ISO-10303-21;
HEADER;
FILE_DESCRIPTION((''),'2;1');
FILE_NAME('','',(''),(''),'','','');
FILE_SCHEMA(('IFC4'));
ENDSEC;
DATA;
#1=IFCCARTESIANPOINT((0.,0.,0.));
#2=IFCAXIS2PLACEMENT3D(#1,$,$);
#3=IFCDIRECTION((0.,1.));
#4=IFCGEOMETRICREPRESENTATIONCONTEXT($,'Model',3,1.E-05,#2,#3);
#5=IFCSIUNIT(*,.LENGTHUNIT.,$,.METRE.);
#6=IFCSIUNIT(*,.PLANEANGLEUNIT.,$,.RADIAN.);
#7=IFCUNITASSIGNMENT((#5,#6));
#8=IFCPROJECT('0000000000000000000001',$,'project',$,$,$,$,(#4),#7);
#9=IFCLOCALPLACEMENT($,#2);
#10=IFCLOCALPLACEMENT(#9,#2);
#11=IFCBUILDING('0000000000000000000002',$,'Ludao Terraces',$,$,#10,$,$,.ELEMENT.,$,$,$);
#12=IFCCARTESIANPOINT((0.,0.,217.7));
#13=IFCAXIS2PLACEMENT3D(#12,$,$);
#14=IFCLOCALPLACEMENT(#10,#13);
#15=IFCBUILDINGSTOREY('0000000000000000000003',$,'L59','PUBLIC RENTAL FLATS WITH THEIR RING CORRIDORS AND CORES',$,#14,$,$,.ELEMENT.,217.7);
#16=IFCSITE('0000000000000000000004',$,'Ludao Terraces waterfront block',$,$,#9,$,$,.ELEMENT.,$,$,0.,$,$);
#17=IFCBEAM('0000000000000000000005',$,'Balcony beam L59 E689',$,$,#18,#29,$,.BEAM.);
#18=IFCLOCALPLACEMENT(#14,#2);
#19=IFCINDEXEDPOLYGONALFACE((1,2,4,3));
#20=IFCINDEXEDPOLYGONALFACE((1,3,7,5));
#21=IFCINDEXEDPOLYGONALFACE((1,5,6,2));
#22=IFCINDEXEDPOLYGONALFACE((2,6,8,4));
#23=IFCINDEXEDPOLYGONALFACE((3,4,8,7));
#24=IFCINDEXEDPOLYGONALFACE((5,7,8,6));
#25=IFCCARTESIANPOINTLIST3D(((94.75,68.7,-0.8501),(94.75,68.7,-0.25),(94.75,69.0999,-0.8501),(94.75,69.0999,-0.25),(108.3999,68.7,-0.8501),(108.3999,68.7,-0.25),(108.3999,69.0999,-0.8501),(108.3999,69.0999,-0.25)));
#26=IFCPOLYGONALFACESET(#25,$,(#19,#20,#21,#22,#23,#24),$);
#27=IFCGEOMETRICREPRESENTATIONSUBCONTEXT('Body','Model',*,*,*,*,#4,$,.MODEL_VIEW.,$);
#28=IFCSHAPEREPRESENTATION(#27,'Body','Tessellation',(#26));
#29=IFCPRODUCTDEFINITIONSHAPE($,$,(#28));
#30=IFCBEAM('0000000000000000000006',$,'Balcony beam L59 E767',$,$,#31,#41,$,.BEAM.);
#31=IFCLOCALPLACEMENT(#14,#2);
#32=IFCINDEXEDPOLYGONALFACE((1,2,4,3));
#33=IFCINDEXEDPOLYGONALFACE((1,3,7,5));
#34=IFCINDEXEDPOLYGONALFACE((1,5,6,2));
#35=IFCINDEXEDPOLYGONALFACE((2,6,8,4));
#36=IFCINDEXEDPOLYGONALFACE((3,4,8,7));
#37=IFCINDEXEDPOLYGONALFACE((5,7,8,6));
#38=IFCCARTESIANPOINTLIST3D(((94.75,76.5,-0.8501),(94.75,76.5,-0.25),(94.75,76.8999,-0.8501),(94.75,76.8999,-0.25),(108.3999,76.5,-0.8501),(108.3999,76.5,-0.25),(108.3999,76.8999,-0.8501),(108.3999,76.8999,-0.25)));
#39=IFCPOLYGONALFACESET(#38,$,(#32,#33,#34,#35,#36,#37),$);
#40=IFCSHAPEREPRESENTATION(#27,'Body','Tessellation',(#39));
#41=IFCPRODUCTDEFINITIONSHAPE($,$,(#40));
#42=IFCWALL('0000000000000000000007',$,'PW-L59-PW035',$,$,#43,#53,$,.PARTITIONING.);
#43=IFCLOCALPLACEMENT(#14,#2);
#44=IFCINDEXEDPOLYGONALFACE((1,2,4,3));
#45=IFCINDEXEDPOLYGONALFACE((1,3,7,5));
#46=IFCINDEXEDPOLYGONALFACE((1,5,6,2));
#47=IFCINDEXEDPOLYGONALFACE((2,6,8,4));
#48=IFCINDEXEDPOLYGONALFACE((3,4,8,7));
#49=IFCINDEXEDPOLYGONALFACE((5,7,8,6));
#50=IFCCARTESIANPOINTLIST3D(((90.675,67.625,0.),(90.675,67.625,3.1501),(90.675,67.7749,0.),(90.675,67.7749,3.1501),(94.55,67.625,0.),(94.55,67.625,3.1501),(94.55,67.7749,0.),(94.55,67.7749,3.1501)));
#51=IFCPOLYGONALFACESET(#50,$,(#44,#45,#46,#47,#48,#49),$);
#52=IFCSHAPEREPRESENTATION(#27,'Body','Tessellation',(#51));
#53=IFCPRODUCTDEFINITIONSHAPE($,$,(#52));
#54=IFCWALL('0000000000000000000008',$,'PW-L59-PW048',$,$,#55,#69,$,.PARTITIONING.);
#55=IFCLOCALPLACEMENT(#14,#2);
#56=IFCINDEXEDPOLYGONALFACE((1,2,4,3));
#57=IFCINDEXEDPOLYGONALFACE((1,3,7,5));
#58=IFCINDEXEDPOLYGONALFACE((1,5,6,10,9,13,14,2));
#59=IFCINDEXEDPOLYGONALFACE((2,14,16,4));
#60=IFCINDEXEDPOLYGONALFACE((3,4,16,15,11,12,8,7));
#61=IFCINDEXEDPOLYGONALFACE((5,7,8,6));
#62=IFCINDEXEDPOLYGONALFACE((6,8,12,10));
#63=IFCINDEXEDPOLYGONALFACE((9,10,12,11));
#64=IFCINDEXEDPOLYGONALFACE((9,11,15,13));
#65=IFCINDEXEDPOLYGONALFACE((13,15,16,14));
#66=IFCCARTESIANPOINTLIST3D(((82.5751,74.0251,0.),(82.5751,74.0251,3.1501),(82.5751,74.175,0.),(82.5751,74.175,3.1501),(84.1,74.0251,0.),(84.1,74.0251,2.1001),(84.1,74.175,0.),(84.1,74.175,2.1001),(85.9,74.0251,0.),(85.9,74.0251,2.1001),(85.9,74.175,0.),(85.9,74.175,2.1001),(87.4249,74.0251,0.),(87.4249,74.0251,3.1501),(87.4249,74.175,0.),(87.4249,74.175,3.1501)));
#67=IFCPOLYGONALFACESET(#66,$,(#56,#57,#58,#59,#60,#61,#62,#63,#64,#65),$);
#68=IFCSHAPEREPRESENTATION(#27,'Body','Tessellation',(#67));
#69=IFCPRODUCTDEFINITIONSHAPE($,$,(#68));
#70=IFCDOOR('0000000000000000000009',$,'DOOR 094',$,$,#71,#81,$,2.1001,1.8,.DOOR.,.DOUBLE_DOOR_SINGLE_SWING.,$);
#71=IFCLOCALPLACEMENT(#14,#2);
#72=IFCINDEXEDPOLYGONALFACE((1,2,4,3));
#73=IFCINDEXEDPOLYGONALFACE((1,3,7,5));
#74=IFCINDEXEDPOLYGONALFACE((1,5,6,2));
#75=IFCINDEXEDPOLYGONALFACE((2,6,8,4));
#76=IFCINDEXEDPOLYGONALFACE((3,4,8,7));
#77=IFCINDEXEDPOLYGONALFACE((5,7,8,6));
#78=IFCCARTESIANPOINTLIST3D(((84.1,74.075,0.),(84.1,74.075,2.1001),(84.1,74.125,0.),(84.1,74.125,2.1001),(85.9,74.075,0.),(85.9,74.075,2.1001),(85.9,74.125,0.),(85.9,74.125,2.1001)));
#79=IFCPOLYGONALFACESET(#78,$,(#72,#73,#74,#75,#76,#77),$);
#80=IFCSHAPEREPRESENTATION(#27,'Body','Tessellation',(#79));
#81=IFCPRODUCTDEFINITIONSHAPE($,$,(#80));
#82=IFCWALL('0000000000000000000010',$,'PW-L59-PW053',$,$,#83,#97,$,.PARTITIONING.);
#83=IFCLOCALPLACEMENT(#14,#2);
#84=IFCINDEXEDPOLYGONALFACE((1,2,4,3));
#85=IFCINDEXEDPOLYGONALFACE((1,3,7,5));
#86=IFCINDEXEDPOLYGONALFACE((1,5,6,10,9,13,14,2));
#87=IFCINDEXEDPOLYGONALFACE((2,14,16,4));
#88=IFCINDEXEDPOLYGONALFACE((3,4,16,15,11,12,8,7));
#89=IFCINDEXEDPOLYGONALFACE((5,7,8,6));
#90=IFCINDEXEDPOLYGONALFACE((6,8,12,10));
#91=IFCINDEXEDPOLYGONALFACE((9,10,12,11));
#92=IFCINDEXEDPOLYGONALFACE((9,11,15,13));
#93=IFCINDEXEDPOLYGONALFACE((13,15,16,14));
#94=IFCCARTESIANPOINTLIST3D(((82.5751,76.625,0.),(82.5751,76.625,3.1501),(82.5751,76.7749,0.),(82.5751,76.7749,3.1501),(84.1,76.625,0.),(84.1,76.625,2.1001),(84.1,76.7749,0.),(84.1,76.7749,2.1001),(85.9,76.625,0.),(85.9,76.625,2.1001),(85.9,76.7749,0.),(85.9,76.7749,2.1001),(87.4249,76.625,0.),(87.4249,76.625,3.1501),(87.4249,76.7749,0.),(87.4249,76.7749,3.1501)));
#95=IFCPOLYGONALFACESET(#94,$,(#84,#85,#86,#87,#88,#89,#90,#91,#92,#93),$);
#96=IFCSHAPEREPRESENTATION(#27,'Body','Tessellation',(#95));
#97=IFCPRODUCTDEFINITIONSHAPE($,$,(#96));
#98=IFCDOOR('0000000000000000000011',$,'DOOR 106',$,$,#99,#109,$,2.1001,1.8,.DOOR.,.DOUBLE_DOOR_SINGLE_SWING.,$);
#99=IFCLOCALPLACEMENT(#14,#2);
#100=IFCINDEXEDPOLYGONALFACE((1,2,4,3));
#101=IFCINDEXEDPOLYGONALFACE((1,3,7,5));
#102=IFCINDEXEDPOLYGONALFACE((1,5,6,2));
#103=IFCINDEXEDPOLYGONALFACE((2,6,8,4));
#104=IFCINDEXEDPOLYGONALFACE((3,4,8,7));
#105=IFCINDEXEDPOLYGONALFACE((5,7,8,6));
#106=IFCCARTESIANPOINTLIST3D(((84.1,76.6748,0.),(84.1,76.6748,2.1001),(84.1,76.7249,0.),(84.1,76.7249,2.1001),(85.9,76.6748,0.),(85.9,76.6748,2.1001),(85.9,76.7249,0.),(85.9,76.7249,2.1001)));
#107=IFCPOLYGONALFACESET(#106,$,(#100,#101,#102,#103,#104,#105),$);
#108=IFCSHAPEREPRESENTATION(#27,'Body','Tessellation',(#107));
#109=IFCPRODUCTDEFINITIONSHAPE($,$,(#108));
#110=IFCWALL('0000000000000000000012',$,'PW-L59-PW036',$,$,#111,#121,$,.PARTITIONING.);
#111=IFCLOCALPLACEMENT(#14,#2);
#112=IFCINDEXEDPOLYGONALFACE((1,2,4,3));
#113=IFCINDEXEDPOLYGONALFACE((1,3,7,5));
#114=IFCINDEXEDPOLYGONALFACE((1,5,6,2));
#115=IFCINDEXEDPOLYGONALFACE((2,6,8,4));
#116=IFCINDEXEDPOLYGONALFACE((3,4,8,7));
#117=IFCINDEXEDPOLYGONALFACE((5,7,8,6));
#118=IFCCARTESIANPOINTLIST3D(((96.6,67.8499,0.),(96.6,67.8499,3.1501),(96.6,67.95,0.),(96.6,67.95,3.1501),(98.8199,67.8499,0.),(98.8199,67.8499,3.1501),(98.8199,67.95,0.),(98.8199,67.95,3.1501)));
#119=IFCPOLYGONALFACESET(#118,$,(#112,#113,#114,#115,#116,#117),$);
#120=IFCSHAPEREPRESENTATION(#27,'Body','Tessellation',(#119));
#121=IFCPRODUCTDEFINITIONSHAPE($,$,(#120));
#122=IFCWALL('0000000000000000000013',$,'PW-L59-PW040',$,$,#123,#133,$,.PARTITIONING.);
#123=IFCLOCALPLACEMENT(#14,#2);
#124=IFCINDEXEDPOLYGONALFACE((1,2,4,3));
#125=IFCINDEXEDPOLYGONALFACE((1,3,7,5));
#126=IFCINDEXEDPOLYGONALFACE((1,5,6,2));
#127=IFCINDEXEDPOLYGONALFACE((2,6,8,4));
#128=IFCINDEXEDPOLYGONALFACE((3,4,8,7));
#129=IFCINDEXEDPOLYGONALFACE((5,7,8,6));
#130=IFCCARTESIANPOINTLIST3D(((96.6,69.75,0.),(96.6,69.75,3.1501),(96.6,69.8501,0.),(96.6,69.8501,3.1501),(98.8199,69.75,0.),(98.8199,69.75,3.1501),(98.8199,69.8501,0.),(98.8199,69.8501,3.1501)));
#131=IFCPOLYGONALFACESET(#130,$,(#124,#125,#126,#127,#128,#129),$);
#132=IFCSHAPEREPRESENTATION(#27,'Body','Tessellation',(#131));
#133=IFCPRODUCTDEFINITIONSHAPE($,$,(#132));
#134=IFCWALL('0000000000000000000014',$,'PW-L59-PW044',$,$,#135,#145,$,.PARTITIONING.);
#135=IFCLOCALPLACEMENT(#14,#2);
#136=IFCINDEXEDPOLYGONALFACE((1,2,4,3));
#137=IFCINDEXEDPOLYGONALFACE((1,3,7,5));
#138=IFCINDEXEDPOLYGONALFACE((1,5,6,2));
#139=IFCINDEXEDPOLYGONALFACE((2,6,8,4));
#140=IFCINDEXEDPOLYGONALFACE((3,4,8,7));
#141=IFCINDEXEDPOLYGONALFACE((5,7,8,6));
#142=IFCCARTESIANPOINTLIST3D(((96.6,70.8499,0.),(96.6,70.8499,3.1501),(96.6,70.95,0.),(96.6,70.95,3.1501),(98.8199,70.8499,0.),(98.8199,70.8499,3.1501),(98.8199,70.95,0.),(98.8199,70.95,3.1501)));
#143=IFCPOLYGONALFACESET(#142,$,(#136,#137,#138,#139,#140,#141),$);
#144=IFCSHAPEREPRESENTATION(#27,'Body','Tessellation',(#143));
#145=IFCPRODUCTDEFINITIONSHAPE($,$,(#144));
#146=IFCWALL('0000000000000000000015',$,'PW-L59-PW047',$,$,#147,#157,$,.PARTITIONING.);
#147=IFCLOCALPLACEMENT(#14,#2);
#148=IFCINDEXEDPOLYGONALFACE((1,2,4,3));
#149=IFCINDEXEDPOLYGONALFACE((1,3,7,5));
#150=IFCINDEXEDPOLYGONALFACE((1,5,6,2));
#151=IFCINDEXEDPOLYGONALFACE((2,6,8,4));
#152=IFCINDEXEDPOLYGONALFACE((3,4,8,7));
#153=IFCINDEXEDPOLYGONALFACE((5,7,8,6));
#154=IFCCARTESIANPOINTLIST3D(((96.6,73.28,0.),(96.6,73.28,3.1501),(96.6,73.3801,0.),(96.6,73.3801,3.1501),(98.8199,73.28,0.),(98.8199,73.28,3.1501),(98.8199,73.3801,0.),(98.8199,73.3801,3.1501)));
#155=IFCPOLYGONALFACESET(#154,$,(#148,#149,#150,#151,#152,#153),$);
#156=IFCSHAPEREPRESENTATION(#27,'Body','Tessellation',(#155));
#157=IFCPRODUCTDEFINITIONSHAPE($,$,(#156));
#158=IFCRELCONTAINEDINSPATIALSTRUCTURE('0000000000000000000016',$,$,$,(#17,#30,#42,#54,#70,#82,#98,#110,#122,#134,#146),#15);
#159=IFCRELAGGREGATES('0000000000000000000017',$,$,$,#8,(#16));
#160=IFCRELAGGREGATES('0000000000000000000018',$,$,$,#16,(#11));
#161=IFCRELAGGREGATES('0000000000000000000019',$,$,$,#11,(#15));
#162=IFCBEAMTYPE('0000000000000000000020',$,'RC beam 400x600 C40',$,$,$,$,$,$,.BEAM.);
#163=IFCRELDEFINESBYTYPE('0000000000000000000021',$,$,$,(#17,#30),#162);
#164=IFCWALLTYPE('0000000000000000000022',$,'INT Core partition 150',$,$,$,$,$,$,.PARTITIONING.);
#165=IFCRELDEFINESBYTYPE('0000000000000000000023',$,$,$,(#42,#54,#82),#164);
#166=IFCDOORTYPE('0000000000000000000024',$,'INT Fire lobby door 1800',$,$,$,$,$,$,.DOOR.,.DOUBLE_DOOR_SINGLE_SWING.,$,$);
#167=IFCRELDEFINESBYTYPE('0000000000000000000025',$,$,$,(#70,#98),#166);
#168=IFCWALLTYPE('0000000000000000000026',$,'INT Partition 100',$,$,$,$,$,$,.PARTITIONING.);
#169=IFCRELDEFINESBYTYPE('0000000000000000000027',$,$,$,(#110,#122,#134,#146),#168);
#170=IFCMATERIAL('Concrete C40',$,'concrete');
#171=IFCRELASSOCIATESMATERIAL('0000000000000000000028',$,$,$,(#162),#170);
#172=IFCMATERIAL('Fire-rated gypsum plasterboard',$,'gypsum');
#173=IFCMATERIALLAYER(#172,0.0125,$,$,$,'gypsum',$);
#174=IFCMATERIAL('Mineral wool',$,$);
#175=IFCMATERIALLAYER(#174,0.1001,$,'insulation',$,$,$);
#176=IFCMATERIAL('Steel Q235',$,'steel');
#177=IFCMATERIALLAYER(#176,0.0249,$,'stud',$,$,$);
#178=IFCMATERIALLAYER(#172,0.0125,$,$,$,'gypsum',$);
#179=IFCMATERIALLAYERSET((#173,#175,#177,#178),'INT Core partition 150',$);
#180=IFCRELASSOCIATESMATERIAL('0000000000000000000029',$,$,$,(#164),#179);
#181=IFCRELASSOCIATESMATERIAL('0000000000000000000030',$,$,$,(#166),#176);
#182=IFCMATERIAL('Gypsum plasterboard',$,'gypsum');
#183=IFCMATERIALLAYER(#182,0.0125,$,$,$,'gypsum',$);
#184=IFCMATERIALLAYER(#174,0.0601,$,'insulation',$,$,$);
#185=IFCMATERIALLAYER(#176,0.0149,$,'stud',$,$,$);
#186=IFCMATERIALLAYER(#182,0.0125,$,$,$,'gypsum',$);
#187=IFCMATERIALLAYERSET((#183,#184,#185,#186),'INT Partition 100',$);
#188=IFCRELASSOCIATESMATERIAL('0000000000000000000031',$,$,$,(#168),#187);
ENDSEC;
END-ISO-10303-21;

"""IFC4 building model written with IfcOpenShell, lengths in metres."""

from ifc_helpers import new_model, si_unit, direction, frame, frame_2d, origin, origin_2d, place, context, subcontext, project, spatial, rectangle, extrude, material, layer, layer_set, material_profile, profile_set, type_object, element, fill, save


model = new_model("IFC4")

# Units and contexts
model_context = context("Model", 3, precision=1e-05, world=origin(), true_north=direction((0.0, 1.0)))
body_context = subcontext(model_context, "Body", "Model", "MODEL_VIEW")
ifc_project = project(units=[si_unit("LENGTHUNIT", "METRE"), si_unit("PLANEANGLEUNIT", "RADIAN")], contexts=[model_context])

# Site, building, storey
site_placement = place(None, origin())
site = spatial("IfcSite", under=ifc_project, at=site_placement, Name="Ludao Terraces waterfront block", CompositionType="ELEMENT", RefElevation=0.0)
building_placement = place(site_placement, origin())
building = spatial("IfcBuilding", under=site, at=building_placement, Name="Ludao Terraces", CompositionType="ELEMENT")
storey_placement = place(building_placement, frame((0.0, 0.0, 217.7)))
storey = spatial("IfcBuildingStorey", under=building, at=storey_placement, Name="L59", Description="PUBLIC RENTAL FLATS WITH THEIR RING CORRIDORS AND CORES", CompositionType="ELEMENT", Elevation=217.7)

# Beams
ifc_material_1 = material(Name="Concrete C40", Category="concrete")
ifc_material_profile = material_profile(ifc_material_1, rectangle(XDim=0.3999, YDim=0.6001, at=origin_2d()), Name="400 X 600")
ifc_profile_set = profile_set([ifc_material_profile], Name="Concrete C40")
beam_type = type_object("IfcBeamType", Name="RC beam 400x600 C40", PredefinedType="BEAM", material=ifc_profile_set)
for number, where, z_axis, x_axis, name in (
    (1, (94.75, 68.8999, -0.55), (1.0, 0.0, 0.0), (0.0, 1.0, 0.0), "Balcony beam L59 E689"),
    (2, (94.75, 76.7, -0.55), (1.0, 0.0, 0.0), (0.0, 1.0, 0.0), "Balcony beam L59 E767"),
):
    element("IfcBeam", number, at=place(storey_placement, frame(where, z_axis=z_axis, x_axis=x_axis)), inside=storey, type_object=beam_type, Name=name, PredefinedType="BEAM", context=body_context, shape_type="SweptSolid", body=[
        extrude(rectangle(XDim=0.3999, YDim=0.6001, at=origin_2d()), origin(), (0.0, 0.0, 1.0), 13.6499),
    ])

# Wall
ifc_material_2 = material(Name="Fire-rated gypsum plasterboard", Category="gypsum")
ifc_layer_1 = layer(ifc_material_2, 0.0125, Category="gypsum")
ifc_material_3 = material(Name="Mineral wool")
ifc_layer_2 = layer(ifc_material_3, 0.1001, Name="insulation")
ifc_material_4 = material(Name="Steel Q235", Category="steel")
ifc_layer_3 = layer(ifc_material_4, 0.0249, Name="stud")
ifc_layer_4 = layer(ifc_material_2, 0.0125, Category="gypsum")
ifc_layer_set_1 = layer_set([ifc_layer_1, ifc_layer_2, ifc_layer_3, ifc_layer_4], Name="INT Core partition 150")
wall_type_1 = type_object("IfcWallType", Name="INT Core partition 150", PredefinedType="PARTITIONING", material=ifc_layer_set_1)
wall_1_placement = place(storey_placement, frame((90.675, 67.7, 0.0), z_axis=(0.0, 0.0, 1.0), x_axis=(1.0, 0.0, 0.0)))
element("IfcWall", 3, at=wall_1_placement, inside=storey, type_object=wall_type_1, Name="PW-L59-PW035", PredefinedType="PARTITIONING", context=body_context, shape_type="SweptSolid", body=[
    extrude(rectangle(XDim=3.875, YDim=0.1499, at=frame_2d((1.9375, 0.0))), origin(), (0.0, 0.0, 1.0), 3.1501),
])

# Walls, openings, doors
wall_2_placement = place(storey_placement, frame((82.5752, 74.1001, 0.0), z_axis=(0.0, 0.0, 1.0), x_axis=(1.0, 0.0, 0.0)))
wall_2 = element("IfcWall", 4, at=wall_2_placement, inside=storey, type_object=wall_type_1, Name="PW-L59-PW048", PredefinedType="PARTITIONING", context=body_context, shape_type="SweptSolid", body=[
    extrude(rectangle(XDim=4.8499, YDim=0.1499, at=frame_2d((2.4248, 0.0))), origin(), (0.0, 0.0, 1.0), 3.1501),
])
opening_1_placement = place(wall_2_placement, frame((1.5249, 0.0, 0.0)))
opening_1 = element("IfcOpeningElement", 5, at=opening_1_placement, cuts=wall_2, PredefinedType="OPENING", context=body_context, shape_type="SweptSolid", body=[
    extrude(rectangle(XDim=1.8, YDim=2.1001, at=frame_2d((0.8999, 1.05))), frame((0.0, 0.085, 0.0), z_axis=(0.0, -1.0, 0.0), x_axis=(1.0, 0.0, 0.0)), (0.0, 0.0, 1.0), 0.1699),
])
door_type_1 = type_object("IfcDoorType", Name="INT Fire lobby door 1800", OperationType="DOUBLE_DOOR_SINGLE_SWING", PredefinedType="DOOR", material=ifc_material_4)
door_1_placement = place(opening_1_placement, origin())
door_1 = element("IfcDoor", 6, at=door_1_placement, inside=storey, type_object=door_type_1, Name="DOOR 094", OperationType="DOUBLE_DOOR_SINGLE_SWING", OverallHeight=2.1001, OverallWidth=1.8, PredefinedType="DOOR", context=body_context, shape_type="SweptSolid", body=[
    extrude(rectangle(XDim=1.8, YDim=2.1001, at=frame_2d((0.8999, 1.05))), frame((0.0, 0.0249, 0.0), z_axis=(0.0, -1.0, 0.0), x_axis=(1.0, 0.0, 0.0)), (0.0, 0.0, 1.0), 0.05),
])
fill(opening_1, door_1)
wall_3_placement = place(storey_placement, frame((82.5752, 76.7, 0.0), z_axis=(0.0, 0.0, 1.0), x_axis=(1.0, 0.0, 0.0)))
wall_3 = element("IfcWall", 7, at=wall_3_placement, inside=storey, type_object=wall_type_1, Name="PW-L59-PW053", PredefinedType="PARTITIONING", context=body_context, shape_type="SweptSolid", body=[
    extrude(rectangle(XDim=4.8499, YDim=0.1499, at=frame_2d((2.4248, 0.0))), origin(), (0.0, 0.0, 1.0), 3.1501),
])
opening_2_placement = place(wall_3_placement, frame((1.5249, 0.0, 0.0)))
opening_2 = element("IfcOpeningElement", 8, at=opening_2_placement, cuts=wall_3, PredefinedType="OPENING", context=body_context, shape_type="SweptSolid", body=[
    extrude(rectangle(XDim=1.8, YDim=2.1001, at=frame_2d((0.8999, 1.05))), frame((0.0, 0.085, 0.0), z_axis=(0.0, -1.0, 0.0), x_axis=(1.0, 0.0, 0.0)), (0.0, 0.0, 1.0), 0.1699),
])
door_2_placement = place(opening_2_placement, origin())
door_2 = element("IfcDoor", 9, at=door_2_placement, inside=storey, type_object=door_type_1, Name="DOOR 106", OperationType="DOUBLE_DOOR_SINGLE_SWING", OverallHeight=2.1001, OverallWidth=1.8, PredefinedType="DOOR", context=body_context, shape_type="SweptSolid", body=[
    extrude(rectangle(XDim=1.8, YDim=2.1001, at=frame_2d((0.8999, 1.05))), frame((0.0, 0.0249, 0.0), z_axis=(0.0, -1.0, 0.0), x_axis=(1.0, 0.0, 0.0)), (0.0, 0.0, 1.0), 0.05),
])
fill(opening_2, door_2)

# Walls
ifc_material_5 = material(Name="Gypsum plasterboard", Category="gypsum")
ifc_layer_5 = layer(ifc_material_5, 0.0125, Category="gypsum")
ifc_layer_6 = layer(ifc_material_3, 0.0601, Name="insulation")
ifc_layer_7 = layer(ifc_material_4, 0.0149, Name="stud")
ifc_layer_8 = layer(ifc_material_5, 0.0125, Category="gypsum")
ifc_layer_set_2 = layer_set([ifc_layer_5, ifc_layer_6, ifc_layer_7, ifc_layer_8], Name="INT Partition 100")
wall_type_2 = type_object("IfcWallType", Name="INT Partition 100", PredefinedType="PARTITIONING", material=ifc_layer_set_2)
for number, where, z_axis, x_axis, name in (
    (10, (96.6001, 67.8999, 0.0), (0.0, 0.0, 1.0), (1.0, 0.0, 0.0), "PW-L59-PW036"),
    (11, (96.6001, 69.8, 0.0), (0.0, 0.0, 1.0), (1.0, 0.0, 0.0), "PW-L59-PW040"),
    (12, (96.6001, 70.8999, 0.0), (0.0, 0.0, 1.0), (1.0, 0.0, 0.0), "PW-L59-PW044"),
    (13, (96.6001, 73.3301, 0.0), (0.0, 0.0, 1.0), (1.0, 0.0, 0.0), "PW-L59-PW047"),
):
    element("IfcWall", number, at=place(storey_placement, frame(where, z_axis=z_axis, x_axis=x_axis)), inside=storey, type_object=wall_type_2, Name=name, PredefinedType="PARTITIONING", context=body_context, shape_type="SweptSolid", body=[
        extrude(rectangle(XDim=2.22, YDim=0.1001, at=frame_2d((1.1099, 0.0))), origin(), (0.0, 0.0, 1.0), 3.1501),
    ])

save(model, "model.ifc")
